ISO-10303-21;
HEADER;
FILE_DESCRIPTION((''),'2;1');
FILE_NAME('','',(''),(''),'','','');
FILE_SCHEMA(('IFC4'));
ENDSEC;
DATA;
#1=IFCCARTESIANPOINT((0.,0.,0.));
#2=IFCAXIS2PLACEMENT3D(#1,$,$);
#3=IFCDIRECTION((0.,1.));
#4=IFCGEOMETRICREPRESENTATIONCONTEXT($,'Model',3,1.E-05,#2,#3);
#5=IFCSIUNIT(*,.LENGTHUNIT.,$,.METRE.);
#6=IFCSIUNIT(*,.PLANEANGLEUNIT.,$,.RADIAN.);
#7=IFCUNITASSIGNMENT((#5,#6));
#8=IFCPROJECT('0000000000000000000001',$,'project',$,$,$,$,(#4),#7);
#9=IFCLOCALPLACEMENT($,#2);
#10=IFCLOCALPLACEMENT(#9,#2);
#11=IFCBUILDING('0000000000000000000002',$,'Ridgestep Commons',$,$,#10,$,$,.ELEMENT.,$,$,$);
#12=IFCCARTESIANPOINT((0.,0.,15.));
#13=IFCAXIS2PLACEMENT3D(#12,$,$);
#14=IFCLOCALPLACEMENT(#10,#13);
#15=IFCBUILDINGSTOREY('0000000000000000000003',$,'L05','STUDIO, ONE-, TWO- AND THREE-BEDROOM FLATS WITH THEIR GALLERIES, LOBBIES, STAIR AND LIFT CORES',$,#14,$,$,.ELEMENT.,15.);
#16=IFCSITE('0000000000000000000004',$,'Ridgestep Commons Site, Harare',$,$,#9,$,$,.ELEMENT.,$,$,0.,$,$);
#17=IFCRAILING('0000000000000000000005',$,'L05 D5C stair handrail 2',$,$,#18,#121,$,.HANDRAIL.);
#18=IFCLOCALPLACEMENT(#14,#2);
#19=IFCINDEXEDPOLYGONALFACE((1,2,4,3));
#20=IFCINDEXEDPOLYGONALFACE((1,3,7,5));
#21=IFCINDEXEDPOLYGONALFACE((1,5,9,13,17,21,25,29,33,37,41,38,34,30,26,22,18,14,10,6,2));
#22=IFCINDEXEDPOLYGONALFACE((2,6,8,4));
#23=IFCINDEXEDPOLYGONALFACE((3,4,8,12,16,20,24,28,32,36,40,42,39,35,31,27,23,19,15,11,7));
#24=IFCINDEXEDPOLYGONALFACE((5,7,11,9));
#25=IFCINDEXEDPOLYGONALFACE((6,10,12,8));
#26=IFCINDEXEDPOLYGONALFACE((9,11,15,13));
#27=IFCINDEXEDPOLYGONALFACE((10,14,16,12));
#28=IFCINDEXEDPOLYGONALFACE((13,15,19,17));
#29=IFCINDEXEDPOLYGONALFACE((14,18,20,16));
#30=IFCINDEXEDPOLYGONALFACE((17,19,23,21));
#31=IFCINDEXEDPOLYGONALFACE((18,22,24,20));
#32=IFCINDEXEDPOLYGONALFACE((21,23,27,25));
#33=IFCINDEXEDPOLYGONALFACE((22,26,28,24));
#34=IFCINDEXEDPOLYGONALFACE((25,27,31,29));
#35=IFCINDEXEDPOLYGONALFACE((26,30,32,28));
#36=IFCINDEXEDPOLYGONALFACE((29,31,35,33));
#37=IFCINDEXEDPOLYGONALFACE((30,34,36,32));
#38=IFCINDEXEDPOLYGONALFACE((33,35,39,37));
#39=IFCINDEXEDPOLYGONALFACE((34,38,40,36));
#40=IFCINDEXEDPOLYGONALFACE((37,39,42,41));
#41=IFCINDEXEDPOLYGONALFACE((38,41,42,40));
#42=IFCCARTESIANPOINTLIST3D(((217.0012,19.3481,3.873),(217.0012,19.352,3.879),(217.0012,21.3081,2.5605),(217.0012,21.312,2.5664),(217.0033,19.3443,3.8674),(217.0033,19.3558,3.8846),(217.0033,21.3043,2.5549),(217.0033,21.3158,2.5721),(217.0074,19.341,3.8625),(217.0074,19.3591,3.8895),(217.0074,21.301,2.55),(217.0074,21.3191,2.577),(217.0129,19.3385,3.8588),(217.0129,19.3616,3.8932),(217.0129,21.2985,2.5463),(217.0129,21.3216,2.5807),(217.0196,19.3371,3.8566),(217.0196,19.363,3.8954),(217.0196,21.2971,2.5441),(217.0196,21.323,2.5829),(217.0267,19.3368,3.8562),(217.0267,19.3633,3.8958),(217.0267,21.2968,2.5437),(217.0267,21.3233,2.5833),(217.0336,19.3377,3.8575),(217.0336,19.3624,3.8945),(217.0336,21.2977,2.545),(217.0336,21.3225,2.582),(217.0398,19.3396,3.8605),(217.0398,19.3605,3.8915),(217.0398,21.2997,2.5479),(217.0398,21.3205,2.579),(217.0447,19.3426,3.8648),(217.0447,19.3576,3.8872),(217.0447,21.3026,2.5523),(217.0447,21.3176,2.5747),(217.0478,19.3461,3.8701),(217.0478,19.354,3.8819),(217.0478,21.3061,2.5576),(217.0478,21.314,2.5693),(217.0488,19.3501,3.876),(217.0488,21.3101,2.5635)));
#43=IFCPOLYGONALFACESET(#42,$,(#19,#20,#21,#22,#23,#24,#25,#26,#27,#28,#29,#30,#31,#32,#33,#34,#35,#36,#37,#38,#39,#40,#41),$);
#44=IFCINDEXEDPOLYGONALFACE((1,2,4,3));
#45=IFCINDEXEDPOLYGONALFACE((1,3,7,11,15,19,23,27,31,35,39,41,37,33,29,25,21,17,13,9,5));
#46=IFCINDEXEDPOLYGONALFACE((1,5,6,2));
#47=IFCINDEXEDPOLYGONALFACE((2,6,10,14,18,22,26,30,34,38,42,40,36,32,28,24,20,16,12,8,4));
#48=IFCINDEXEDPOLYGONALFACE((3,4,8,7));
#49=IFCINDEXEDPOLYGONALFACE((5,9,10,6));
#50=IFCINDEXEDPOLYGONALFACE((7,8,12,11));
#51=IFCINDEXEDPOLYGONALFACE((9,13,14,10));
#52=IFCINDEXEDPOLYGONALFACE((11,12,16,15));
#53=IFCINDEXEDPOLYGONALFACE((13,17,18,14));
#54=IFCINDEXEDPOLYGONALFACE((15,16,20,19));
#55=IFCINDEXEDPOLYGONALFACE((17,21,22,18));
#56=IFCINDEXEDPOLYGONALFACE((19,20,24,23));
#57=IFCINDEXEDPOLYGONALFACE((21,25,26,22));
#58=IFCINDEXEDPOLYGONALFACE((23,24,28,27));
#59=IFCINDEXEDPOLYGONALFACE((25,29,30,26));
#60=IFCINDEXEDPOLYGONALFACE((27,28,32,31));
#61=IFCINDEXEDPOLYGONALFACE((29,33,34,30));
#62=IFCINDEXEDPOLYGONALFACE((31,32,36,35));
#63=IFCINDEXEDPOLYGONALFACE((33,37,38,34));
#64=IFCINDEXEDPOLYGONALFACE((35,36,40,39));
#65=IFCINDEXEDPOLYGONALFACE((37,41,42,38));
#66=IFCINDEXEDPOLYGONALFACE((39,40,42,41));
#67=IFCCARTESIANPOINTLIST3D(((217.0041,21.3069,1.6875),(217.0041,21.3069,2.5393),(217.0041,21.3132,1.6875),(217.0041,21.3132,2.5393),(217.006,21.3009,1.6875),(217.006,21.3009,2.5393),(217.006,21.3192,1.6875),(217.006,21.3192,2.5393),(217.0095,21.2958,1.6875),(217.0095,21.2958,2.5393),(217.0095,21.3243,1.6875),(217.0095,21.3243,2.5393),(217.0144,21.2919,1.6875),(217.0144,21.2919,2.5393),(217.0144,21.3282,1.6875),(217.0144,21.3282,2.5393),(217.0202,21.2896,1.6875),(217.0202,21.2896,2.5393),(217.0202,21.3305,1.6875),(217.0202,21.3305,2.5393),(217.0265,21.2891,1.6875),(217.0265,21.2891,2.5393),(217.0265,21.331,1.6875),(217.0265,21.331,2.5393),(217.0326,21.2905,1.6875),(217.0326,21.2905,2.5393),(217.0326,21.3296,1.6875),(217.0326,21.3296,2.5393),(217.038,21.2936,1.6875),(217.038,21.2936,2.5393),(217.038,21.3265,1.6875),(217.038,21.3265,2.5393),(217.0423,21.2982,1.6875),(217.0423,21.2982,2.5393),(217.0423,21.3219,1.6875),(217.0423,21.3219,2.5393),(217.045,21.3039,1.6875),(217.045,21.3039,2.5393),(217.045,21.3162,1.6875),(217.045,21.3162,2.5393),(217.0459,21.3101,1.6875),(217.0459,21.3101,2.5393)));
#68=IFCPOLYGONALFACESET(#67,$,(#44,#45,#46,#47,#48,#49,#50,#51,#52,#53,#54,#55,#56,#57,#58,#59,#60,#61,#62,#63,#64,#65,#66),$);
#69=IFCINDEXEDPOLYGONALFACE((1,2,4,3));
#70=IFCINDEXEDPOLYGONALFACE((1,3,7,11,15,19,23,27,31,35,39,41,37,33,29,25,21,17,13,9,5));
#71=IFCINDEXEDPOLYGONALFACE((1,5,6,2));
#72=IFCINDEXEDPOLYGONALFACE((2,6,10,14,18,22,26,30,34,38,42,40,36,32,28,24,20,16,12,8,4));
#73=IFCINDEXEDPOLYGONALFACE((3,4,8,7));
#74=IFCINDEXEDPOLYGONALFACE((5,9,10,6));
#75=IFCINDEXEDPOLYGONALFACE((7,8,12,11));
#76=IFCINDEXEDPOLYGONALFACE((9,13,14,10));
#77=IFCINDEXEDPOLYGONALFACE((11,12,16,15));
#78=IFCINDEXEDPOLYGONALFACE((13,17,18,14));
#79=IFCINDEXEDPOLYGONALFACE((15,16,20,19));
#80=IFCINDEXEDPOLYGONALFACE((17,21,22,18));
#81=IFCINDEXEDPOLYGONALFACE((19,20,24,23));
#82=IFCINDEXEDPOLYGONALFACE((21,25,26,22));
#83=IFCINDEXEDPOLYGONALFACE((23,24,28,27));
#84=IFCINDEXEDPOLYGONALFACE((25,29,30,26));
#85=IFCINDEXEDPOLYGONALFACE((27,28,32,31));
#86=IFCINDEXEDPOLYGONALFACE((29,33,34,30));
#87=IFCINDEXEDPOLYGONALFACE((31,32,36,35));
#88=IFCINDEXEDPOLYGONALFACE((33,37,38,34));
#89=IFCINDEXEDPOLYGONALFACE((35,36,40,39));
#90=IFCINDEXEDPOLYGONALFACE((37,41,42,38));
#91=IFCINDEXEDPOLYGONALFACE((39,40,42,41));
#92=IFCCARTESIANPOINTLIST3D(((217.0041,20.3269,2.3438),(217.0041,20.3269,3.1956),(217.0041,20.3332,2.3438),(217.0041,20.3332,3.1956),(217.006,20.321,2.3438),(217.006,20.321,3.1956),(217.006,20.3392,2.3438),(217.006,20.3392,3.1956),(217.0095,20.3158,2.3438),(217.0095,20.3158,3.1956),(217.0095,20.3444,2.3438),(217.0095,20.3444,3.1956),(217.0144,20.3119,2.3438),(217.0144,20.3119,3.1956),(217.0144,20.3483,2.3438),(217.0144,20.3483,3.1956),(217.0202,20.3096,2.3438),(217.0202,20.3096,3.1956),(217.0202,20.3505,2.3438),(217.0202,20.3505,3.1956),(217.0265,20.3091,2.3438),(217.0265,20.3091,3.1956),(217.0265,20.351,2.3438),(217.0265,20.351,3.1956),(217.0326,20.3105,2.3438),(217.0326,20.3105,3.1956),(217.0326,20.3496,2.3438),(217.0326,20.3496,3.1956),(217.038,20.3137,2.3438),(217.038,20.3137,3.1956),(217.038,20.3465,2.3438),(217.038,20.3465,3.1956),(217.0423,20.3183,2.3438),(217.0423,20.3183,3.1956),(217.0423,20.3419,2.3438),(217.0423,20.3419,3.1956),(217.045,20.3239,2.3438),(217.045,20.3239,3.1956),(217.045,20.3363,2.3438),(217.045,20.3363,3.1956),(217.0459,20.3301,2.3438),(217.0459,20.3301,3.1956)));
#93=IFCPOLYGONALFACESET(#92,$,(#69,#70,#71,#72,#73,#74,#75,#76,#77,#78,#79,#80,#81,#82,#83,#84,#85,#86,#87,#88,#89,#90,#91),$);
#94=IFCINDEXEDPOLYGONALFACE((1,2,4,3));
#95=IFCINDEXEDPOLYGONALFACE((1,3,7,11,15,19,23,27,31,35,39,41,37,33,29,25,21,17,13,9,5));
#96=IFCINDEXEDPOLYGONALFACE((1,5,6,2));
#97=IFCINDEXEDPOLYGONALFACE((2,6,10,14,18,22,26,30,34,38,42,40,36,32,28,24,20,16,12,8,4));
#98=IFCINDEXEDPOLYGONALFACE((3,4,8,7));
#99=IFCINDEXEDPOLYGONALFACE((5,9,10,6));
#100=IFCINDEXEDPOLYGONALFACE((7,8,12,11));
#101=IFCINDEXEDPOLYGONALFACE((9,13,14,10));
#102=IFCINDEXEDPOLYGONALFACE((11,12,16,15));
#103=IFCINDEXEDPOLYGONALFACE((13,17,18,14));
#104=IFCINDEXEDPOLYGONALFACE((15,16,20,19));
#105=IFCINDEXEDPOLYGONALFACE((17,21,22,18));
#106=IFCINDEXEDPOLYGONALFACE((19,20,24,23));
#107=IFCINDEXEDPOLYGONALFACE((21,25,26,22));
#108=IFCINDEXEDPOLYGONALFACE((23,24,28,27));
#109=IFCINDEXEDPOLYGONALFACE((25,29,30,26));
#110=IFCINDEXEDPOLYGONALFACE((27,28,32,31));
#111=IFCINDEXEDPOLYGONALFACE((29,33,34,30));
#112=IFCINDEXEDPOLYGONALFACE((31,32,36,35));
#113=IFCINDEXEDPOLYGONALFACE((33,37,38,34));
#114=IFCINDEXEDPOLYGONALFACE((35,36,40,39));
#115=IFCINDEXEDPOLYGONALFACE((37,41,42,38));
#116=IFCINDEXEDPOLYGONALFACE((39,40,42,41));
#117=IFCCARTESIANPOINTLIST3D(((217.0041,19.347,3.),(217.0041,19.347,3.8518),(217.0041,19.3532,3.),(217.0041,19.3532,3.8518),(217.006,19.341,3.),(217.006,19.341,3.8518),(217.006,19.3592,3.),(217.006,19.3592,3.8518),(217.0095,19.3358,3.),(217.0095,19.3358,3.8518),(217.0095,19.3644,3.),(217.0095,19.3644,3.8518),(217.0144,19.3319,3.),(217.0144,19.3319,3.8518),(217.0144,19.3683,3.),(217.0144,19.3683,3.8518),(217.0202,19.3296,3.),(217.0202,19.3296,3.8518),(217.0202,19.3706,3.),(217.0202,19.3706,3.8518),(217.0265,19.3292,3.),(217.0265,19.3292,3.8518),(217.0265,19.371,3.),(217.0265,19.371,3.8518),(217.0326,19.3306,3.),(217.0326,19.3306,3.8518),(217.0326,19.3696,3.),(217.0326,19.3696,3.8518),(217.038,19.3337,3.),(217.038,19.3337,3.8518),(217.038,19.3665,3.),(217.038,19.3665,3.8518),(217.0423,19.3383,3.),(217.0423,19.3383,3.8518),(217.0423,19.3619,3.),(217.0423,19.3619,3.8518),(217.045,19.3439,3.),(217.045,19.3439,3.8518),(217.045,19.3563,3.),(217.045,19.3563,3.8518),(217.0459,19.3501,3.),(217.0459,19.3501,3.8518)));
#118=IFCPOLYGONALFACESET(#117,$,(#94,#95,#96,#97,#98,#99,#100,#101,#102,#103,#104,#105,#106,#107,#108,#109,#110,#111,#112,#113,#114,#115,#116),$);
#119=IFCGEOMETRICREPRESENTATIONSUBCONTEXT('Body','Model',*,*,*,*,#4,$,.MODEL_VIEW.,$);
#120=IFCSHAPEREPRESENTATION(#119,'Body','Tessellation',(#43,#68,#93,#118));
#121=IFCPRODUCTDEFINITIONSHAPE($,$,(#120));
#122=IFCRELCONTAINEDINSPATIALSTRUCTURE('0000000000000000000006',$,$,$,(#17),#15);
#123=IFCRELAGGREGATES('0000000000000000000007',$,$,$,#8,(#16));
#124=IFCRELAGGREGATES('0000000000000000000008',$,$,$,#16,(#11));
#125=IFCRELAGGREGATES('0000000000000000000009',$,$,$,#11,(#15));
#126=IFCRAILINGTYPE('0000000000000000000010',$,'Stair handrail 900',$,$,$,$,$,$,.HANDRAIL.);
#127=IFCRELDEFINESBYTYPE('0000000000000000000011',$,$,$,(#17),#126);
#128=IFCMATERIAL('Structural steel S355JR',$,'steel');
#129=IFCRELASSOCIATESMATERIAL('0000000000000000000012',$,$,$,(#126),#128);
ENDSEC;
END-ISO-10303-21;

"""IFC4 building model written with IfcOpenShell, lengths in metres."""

from ifc_helpers import new_model, si_unit, direction, frame, origin, origin_2d, place, context, subcontext, project, spatial, circle, extrude, material, type_object, element, save


model = new_model("IFC4")

# Units and contexts
model_context = context("Model", 3, precision=1e-05, world=origin(), true_north=direction((0.0, 1.0)))
body_context = subcontext(model_context, "Body", "Model", "MODEL_VIEW")
ifc_project = project(units=[si_unit("LENGTHUNIT", "METRE"), si_unit("PLANEANGLEUNIT", "RADIAN")], contexts=[model_context])

# Site, building, storey
site_placement = place(None, origin())
site = spatial("IfcSite", under=ifc_project, at=site_placement, Name="Ridgestep Commons Site, Harare", CompositionType="ELEMENT", RefElevation=0.0)
building_placement = place(site_placement, origin())
building = spatial("IfcBuilding", under=site, at=building_placement, Name="Ridgestep Commons", CompositionType="ELEMENT")
storey_placement = place(building_placement, frame((0.0, 0.0, 15.0)))
storey = spatial("IfcBuildingStorey", under=building, at=storey_placement, Name="L05", Description="STUDIO, ONE-, TWO- AND THREE-BEDROOM FLATS WITH THEIR GALLERIES, LOBBIES, STAIR AND LIFT CORES", CompositionType="ELEMENT", Elevation=15.0)

# Railing
ifc_material_1 = material(Name="Structural steel S355JR", Category="steel")
railing_type_1 = type_object("IfcRailingType", Name="Stair handrail 900", PredefinedType="HANDRAIL", material=ifc_material_1)
railing_1_placement = place(storey_placement, frame((217.0249, 21.3101, 1.6875)))
element("IfcRailing", 1, at=railing_1_placement, inside=storey, type_object=railing_type_1, Name="L05 D5C stair handrail 2", PredefinedType="HANDRAIL", context=body_context, shape_type="SweptSolid", body=[
    extrude(circle(Radius=0.0239, at=origin_2d()), frame((0.0, 0.0, 0.876), z_axis=(0.0, -0.830902, 0.556419), x_axis=(1.0, 0.0, 0.0)), (0.0, 0.0, 1.0), 2.3589),
    extrude(circle(Radius=0.021, at=origin_2d()), origin(), (0.0, 0.0, 1.0), 0.8518),
    extrude(circle(Radius=0.021, at=origin_2d()), frame((0.0, -0.98, 0.6562)), (0.0, 0.0, 1.0), 0.8518),
    extrude(circle(Radius=0.021, at=origin_2d()), frame((0.0, -1.96, 1.3125)), (0.0, 0.0, 1.0), 0.8518),
])

save(model, "model.ifc")
